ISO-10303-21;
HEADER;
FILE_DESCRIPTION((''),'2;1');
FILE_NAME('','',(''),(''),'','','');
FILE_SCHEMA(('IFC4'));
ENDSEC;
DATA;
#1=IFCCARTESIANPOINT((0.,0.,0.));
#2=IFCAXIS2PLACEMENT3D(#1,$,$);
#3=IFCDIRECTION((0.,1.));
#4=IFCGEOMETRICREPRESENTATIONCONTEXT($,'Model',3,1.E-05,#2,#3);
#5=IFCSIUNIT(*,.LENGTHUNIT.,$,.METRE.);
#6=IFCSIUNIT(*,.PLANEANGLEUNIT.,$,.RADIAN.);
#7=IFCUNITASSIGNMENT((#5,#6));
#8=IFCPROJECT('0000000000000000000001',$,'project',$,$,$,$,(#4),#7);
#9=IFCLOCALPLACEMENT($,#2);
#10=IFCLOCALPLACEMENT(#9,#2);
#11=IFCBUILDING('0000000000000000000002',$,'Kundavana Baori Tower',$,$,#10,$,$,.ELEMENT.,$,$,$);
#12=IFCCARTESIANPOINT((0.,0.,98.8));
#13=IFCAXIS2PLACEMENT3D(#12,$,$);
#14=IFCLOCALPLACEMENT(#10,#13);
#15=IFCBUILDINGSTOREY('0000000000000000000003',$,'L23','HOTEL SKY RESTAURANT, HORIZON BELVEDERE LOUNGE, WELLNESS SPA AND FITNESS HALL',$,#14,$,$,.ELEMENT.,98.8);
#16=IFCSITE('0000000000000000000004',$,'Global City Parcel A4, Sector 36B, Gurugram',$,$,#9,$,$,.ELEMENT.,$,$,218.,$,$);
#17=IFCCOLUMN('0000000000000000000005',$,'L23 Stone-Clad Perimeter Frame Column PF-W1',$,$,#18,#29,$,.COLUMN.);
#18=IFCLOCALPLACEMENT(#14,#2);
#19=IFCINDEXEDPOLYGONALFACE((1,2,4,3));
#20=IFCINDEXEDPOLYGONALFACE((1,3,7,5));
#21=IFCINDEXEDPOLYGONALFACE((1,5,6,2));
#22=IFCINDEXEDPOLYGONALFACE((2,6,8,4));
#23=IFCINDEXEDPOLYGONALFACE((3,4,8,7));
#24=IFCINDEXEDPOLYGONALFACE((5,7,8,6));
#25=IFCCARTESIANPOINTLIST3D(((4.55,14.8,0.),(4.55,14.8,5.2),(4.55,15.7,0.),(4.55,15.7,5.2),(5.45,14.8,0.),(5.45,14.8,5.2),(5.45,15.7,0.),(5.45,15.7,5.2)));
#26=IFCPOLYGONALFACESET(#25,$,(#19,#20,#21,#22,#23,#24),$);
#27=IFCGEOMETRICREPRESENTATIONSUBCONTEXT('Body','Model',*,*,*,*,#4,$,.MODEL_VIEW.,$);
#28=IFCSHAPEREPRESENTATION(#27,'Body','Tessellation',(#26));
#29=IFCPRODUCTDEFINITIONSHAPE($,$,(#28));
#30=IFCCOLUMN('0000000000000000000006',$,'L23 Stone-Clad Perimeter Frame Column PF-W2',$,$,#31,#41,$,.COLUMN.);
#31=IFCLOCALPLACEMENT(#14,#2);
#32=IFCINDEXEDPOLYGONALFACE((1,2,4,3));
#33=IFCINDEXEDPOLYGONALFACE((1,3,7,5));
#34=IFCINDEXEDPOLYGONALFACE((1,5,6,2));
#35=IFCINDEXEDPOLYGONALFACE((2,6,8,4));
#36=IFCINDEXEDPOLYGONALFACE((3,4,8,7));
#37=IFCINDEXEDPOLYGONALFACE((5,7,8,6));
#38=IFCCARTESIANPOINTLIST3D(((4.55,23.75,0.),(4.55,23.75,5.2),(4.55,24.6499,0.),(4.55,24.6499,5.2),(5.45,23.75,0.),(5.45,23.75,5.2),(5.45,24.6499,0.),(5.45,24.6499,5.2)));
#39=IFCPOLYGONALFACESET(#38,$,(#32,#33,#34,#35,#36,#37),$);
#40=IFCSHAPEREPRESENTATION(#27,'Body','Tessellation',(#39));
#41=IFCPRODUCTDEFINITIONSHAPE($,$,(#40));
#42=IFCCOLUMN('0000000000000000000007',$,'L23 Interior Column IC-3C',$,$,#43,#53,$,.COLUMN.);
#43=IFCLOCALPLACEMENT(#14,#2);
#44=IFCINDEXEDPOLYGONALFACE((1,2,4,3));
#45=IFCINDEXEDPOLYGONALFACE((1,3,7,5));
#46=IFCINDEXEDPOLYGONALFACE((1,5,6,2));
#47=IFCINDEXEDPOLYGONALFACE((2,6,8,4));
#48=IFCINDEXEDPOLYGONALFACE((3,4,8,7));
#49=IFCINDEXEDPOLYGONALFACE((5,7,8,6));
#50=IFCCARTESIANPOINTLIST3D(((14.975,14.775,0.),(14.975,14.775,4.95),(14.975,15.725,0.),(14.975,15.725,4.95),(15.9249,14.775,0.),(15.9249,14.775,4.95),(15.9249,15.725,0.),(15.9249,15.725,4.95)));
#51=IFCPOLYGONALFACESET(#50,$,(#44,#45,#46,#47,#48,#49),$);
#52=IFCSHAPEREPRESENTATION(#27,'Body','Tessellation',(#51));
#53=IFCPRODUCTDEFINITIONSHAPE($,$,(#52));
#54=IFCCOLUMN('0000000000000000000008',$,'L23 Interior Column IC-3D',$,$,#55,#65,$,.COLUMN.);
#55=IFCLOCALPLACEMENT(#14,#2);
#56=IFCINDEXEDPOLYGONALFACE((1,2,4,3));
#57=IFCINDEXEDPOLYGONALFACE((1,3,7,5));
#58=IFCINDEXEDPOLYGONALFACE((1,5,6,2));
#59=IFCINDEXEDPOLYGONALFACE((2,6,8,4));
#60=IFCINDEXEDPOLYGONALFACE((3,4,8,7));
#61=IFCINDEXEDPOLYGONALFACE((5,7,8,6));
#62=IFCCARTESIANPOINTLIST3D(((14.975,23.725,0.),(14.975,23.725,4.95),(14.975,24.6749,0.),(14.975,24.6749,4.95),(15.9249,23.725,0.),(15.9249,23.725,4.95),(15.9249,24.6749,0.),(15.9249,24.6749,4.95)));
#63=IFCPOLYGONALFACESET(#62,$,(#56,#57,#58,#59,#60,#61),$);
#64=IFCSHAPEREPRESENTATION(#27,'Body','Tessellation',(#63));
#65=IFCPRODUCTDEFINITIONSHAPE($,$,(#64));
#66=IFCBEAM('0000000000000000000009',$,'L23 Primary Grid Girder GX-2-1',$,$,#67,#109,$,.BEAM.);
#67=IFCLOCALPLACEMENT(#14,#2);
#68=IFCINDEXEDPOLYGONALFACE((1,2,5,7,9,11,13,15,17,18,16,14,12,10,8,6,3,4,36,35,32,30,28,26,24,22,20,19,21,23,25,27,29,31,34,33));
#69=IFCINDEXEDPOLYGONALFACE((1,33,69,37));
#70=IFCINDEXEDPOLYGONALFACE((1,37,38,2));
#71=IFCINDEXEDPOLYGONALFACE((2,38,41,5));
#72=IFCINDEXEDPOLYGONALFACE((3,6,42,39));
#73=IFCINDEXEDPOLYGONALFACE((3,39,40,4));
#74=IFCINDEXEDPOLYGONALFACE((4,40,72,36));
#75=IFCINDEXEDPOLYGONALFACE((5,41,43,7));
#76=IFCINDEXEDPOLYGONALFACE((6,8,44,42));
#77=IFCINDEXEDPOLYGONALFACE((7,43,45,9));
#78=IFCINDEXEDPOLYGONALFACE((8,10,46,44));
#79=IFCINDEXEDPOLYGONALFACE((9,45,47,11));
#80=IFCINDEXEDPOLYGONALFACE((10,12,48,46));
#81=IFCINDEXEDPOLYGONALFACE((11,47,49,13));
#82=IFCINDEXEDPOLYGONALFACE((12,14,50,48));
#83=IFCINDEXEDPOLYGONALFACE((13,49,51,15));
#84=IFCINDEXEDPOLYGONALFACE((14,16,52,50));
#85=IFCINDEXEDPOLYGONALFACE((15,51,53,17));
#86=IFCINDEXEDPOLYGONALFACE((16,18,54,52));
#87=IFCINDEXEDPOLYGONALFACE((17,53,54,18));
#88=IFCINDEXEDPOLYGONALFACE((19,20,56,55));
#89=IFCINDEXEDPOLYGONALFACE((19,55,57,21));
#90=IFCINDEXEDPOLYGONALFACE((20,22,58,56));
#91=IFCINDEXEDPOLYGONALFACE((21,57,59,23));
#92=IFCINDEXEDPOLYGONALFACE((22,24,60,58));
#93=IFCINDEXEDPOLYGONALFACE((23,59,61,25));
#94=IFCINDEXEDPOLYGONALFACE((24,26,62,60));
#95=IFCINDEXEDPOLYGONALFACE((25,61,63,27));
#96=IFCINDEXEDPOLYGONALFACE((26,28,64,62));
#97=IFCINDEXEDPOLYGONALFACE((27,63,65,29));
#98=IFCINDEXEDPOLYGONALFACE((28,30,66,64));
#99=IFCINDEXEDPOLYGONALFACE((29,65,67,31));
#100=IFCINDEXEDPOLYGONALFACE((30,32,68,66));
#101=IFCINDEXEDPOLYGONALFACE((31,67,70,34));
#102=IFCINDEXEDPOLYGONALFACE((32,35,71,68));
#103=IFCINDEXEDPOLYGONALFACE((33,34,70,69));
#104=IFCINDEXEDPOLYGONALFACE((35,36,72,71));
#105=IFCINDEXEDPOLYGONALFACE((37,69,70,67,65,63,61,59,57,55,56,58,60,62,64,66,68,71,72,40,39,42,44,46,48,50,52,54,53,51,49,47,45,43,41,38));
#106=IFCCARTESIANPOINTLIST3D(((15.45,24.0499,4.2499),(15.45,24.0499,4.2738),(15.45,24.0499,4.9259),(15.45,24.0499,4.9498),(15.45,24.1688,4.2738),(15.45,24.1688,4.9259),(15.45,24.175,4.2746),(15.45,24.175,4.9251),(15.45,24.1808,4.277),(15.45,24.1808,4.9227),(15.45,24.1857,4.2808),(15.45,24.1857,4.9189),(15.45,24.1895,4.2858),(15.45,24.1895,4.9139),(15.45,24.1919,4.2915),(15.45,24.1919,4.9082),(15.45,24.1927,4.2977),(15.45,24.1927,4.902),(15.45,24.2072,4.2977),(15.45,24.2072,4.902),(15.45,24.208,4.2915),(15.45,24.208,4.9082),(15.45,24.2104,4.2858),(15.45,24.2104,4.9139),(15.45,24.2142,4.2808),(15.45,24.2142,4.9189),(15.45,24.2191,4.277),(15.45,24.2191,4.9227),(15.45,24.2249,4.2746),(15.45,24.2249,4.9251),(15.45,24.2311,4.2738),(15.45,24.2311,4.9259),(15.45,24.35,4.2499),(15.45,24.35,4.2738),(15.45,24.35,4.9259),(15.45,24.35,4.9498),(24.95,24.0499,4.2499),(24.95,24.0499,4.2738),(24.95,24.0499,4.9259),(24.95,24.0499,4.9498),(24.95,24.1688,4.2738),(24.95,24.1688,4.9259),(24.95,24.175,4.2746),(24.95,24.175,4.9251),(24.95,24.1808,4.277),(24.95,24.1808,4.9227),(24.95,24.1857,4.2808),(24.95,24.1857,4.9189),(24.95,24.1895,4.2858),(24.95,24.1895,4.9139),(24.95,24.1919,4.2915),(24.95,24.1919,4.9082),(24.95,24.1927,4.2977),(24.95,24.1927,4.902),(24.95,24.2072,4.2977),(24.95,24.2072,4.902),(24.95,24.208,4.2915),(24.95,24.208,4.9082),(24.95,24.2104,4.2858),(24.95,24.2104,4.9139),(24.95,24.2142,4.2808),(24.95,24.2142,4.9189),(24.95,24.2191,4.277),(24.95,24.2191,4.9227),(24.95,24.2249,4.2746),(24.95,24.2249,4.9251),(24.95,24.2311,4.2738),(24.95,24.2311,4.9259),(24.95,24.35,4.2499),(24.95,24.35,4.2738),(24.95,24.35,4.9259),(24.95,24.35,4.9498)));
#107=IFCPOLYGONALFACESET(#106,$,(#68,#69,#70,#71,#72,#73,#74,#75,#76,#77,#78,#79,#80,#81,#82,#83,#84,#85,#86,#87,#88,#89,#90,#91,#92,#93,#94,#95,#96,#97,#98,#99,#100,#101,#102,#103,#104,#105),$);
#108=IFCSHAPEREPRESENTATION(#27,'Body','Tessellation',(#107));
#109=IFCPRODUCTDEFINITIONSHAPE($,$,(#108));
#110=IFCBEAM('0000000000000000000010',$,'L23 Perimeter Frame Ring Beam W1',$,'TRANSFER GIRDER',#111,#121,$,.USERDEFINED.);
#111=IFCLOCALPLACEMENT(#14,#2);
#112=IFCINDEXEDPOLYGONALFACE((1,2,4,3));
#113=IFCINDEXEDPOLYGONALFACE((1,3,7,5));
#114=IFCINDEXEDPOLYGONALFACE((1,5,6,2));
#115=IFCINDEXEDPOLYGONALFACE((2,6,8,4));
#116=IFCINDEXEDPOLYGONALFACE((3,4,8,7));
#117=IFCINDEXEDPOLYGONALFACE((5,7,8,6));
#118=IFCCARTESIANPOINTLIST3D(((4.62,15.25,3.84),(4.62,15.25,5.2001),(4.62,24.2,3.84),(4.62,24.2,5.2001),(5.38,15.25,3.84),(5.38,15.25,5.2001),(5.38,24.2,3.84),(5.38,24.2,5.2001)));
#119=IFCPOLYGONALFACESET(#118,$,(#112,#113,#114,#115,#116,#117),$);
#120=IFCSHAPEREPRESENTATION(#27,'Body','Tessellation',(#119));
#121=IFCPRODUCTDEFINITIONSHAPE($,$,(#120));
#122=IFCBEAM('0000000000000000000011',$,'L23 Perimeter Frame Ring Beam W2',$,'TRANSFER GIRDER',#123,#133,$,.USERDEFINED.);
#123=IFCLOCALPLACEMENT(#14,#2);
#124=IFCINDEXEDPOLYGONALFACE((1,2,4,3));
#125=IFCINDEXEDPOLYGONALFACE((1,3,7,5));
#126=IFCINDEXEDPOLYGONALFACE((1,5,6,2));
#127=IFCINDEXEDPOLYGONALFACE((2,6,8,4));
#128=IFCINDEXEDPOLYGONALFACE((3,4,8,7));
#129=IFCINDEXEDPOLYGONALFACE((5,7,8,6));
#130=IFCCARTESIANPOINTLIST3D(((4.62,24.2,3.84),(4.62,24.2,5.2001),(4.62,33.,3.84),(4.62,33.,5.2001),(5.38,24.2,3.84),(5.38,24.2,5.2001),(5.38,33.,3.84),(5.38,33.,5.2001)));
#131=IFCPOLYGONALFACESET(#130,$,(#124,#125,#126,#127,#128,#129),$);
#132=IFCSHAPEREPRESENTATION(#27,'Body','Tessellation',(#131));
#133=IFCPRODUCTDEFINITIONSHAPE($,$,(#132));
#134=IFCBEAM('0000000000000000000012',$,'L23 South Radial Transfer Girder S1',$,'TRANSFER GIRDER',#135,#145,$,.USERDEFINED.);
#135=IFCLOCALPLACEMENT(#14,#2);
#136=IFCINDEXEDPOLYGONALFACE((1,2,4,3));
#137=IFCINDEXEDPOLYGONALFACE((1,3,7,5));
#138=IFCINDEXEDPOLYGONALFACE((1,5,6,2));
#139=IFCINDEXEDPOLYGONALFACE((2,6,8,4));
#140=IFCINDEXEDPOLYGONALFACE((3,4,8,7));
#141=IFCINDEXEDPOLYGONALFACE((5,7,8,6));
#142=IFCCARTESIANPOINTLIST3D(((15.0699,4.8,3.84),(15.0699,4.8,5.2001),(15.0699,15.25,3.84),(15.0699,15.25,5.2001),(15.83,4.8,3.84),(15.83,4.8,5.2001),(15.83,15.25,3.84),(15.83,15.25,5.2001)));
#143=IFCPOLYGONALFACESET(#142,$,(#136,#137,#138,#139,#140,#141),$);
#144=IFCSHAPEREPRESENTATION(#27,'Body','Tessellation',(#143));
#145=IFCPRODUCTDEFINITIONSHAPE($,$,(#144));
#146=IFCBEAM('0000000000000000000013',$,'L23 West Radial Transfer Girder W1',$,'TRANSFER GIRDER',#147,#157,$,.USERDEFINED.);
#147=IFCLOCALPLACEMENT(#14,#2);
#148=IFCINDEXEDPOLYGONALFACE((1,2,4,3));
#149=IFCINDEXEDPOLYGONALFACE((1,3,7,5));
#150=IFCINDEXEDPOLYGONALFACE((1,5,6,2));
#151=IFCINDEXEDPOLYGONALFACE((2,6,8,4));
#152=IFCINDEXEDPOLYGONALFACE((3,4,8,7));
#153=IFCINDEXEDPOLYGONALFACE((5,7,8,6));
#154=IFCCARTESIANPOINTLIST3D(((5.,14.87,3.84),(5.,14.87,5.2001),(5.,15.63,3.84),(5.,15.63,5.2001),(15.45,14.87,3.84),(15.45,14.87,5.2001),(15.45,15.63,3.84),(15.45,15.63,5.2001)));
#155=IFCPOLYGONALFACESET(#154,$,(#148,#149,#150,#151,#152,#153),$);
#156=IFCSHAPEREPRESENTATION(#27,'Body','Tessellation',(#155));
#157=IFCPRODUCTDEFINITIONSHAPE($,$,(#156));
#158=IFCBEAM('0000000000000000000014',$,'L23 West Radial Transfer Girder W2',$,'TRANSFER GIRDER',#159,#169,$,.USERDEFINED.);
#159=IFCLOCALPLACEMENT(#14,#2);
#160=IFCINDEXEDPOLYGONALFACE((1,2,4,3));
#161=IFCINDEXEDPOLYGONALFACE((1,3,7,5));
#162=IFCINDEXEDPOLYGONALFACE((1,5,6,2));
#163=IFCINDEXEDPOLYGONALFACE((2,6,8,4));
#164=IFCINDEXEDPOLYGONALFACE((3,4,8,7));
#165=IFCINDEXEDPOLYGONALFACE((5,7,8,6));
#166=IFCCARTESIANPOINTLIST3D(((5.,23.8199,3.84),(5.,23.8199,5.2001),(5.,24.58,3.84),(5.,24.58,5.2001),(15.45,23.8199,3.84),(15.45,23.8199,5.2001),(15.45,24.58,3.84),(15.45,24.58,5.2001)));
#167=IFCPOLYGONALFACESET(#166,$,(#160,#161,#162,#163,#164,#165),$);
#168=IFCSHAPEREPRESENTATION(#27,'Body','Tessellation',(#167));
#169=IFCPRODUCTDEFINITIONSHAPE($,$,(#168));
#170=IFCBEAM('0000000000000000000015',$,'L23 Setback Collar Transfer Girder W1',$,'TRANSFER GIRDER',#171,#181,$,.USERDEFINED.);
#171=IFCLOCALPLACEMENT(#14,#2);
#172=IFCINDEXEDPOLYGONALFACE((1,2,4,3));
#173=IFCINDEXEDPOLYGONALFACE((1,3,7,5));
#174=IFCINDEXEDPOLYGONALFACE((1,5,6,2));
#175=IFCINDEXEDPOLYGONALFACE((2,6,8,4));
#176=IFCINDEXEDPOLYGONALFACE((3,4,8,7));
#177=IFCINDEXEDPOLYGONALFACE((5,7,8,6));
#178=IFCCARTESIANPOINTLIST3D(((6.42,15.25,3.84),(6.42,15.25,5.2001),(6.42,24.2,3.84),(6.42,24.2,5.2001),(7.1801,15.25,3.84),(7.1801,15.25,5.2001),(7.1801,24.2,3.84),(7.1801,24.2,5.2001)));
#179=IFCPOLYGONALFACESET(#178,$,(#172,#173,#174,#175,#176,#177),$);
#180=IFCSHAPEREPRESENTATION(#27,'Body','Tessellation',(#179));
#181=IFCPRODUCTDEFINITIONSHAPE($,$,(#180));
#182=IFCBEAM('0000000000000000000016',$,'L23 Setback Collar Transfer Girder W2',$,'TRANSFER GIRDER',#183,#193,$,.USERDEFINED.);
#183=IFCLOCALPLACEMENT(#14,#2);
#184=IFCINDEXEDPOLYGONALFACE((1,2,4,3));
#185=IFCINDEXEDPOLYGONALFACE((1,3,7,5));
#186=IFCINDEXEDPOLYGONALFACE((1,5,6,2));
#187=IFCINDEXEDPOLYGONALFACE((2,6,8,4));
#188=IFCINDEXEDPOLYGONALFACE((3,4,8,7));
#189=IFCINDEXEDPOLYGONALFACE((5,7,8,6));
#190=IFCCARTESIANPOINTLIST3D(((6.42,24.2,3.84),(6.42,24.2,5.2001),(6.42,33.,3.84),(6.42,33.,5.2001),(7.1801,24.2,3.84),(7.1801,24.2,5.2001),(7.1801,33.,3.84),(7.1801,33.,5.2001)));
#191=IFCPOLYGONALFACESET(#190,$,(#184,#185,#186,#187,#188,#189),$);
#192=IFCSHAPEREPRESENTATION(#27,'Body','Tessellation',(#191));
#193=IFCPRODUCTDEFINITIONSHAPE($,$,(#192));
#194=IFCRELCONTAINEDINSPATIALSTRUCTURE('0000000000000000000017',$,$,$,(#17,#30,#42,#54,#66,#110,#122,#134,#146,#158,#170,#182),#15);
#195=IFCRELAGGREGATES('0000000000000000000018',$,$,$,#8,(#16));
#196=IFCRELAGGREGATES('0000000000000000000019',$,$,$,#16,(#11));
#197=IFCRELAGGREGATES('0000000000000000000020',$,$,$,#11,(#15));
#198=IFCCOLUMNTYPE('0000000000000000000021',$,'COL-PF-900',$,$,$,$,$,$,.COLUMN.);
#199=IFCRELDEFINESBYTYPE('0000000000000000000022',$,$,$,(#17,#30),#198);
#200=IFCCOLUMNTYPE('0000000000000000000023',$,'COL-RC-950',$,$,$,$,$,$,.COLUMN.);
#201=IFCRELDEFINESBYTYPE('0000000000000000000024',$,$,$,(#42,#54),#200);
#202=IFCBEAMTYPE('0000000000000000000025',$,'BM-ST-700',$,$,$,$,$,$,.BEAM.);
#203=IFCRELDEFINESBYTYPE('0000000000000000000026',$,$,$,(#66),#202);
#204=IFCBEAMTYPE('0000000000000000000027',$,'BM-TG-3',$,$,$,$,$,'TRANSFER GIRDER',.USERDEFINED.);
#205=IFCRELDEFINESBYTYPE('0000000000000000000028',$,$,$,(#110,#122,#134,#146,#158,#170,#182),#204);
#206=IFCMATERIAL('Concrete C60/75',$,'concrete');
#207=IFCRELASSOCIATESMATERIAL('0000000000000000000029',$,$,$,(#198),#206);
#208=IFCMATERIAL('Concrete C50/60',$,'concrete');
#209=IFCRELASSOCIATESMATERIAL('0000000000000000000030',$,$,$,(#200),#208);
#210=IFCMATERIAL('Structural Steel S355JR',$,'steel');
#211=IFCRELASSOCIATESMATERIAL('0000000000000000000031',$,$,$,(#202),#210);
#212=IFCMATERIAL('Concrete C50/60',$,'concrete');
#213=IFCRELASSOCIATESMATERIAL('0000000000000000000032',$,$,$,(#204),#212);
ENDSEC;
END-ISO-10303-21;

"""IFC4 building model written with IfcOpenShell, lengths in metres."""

from ifc_helpers import new_model, si_unit, direction, frame, origin, origin_2d, place, context, subcontext, project, spatial, rectangle, i_section, extrude, material, material_profile, profile_set, type_object, element, save


model = new_model("IFC4")

# Units and contexts
model_context = context("Model", 3, precision=1e-05, world=origin(), true_north=direction((0.0, 1.0)))
body_context = subcontext(model_context, "Body", "Model", "MODEL_VIEW")
ifc_project = project(units=[si_unit("LENGTHUNIT", "METRE"), si_unit("PLANEANGLEUNIT", "RADIAN")], contexts=[model_context])

# Site, building, storey
site_placement = place(None, origin())
site = spatial("IfcSite", under=ifc_project, at=site_placement, Name="Global City Parcel A4, Sector 36B, Gurugram", CompositionType="ELEMENT", RefElevation=218.0)
building_placement = place(site_placement, origin())
building = spatial("IfcBuilding", under=site, at=building_placement, Name="Kundavana Baori Tower", CompositionType="ELEMENT")
storey_placement = place(building_placement, frame((0.0, 0.0, 98.8)))
storey = spatial("IfcBuildingStorey", under=building, at=storey_placement, Name="L23", Description="HOTEL SKY RESTAURANT, HORIZON BELVEDERE LOUNGE, WELLNESS SPA AND FITNESS HALL", CompositionType="ELEMENT", Elevation=98.8)

# Columns
ifc_material_1 = material(Name="Concrete C60/75", Category="concrete")
ifc_material_profile_1 = material_profile(ifc_material_1, rectangle(XDim=0.8999, YDim=0.8999, at=origin_2d()), Name="RC PF 900x900")
ifc_profile_set_1 = profile_set([ifc_material_profile_1], Name="Concrete C60/75")
column_type_1 = type_object("IfcColumnType", Name="COL-PF-900", PredefinedType="COLUMN", material=ifc_profile_set_1)
for number, where, z_axis, x_axis, name in (
    (1, (5.0, 15.25, 0.0), (0.0, 0.0, 1.0), (1.0, 0.0, 0.0), "L23 Stone-Clad Perimeter Frame Column PF-W1"),
    (2, (5.0, 24.2, 0.0), (0.0, 0.0, 1.0), (1.0, 0.0, 0.0), "L23 Stone-Clad Perimeter Frame Column PF-W2"),
):
    element("IfcColumn", number, at=place(storey_placement, frame(where, z_axis=z_axis, x_axis=x_axis)), inside=storey, type_object=column_type_1, Name=name, PredefinedType="COLUMN", context=body_context, shape_type="SweptSolid", body=[
        extrude(rectangle(XDim=0.8999, YDim=0.8999, at=origin_2d()), origin(), (0.0, 0.0, 1.0), 5.2),
    ])
ifc_material_2 = material(Name="Concrete C50/60", Category="concrete")
ifc_material_profile_2 = material_profile(ifc_material_2, rectangle(XDim=0.95, YDim=0.95, at=origin_2d()), Name="RC 950x950")
ifc_profile_set_2 = profile_set([ifc_material_profile_2], Name="Concrete C50/60")
column_type_2 = type_object("IfcColumnType", Name="COL-RC-950", PredefinedType="COLUMN", material=ifc_profile_set_2)
for number, where, z_axis, x_axis, name in (
    (3, (15.45, 15.25, 0.0), (0.0, 0.0, 1.0), (1.0, 0.0, 0.0), "L23 Interior Column IC-3C"),
    (4, (15.45, 24.2, 0.0), (0.0, 0.0, 1.0), (1.0, 0.0, 0.0), "L23 Interior Column IC-3D"),
):
    element("IfcColumn", number, at=place(storey_placement, frame(where, z_axis=z_axis, x_axis=x_axis)), inside=storey, type_object=column_type_2, Name=name, PredefinedType="COLUMN", context=body_context, shape_type="SweptSolid", body=[
        extrude(rectangle(XDim=0.95, YDim=0.95, at=origin_2d()), origin(), (0.0, 0.0, 1.0), 4.95),
    ])

# Beams
ifc_material_3 = material(Name="Structural Steel S355JR", Category="steel")
ifc_material_profile_3 = material_profile(ifc_material_3, i_section(OverallWidth=0.3, OverallDepth=0.7, WebThickness=0.0144, FlangeThickness=0.0239, FilletRadius=0.0239, at=origin_2d()), Name="NPB 700x300x170")
ifc_profile_set_3 = profile_set([ifc_material_profile_3], Name="Structural Steel S355JR")
beam_type_1 = type_object("IfcBeamType", Name="BM-ST-700", PredefinedType="BEAM", material=ifc_profile_set_3)
beam_1_placement = place(storey_placement, frame((15.45, 24.2, 4.5999), z_axis=(1.0, 0.0, 0.0), x_axis=(0.0, 1.0, 0.0)))
element("IfcBeam", 5, at=beam_1_placement, inside=storey, type_object=beam_type_1, Name="L23 Primary Grid Girder GX-2-1", PredefinedType="BEAM", context=body_context, shape_type="SweptSolid", body=[
    extrude(i_section(OverallWidth=0.3, OverallDepth=0.7, WebThickness=0.0144, FlangeThickness=0.0239, FilletRadius=0.0239, at=origin_2d()), origin(), (0.0, 0.0, 1.0), 9.5),
])
ifc_material_4 = material(Name="Concrete C50/60", Category="concrete")
ifc_material_profile_4 = material_profile(ifc_material_4, rectangle(XDim=0.76, YDim=1.3601, at=origin_2d()), Name="BM-TG-3")
ifc_profile_set_4 = profile_set([ifc_material_profile_4], Name="Concrete C50/60")
beam_type_2 = type_object("IfcBeamType", Name="BM-TG-3", ElementType="TRANSFER GIRDER", PredefinedType="USERDEFINED", material=ifc_profile_set_4)
beam_2_placement = place(storey_placement, frame((5.0, 15.25, 4.52), z_axis=(0.0, 1.0, 0.0), x_axis=(-1.0, 0.0, 0.0)))
element("IfcBeam", 6, at=beam_2_placement, inside=storey, type_object=beam_type_2, Name="L23 Perimeter Frame Ring Beam W1", ObjectType="TRANSFER GIRDER", PredefinedType="USERDEFINED", context=body_context, shape_type="SweptSolid", body=[
    extrude(rectangle(XDim=0.76, YDim=1.3601, at=origin_2d()), origin(), (0.0, 0.0, 1.0), 8.95),
])
beam_3_placement = place(storey_placement, frame((5.0, 24.2, 4.52), z_axis=(0.0, 1.0, 0.0), x_axis=(-1.0, 0.0, 0.0)))
element("IfcBeam", 7, at=beam_3_placement, inside=storey, type_object=beam_type_2, Name="L23 Perimeter Frame Ring Beam W2", ObjectType="TRANSFER GIRDER", PredefinedType="USERDEFINED", context=body_context, shape_type="SweptSolid", body=[
    extrude(rectangle(XDim=0.76, YDim=1.3601, at=origin_2d()), origin(), (0.0, 0.0, 1.0), 8.8),
])
for number, where, z_axis, x_axis, name in (
    (8, (15.45, 15.25, 4.52), (0.0, -1.0, 0.0), (1.0, 0.0, 0.0), "L23 South Radial Transfer Girder S1"),
    (9, (15.45, 15.25, 4.52), (-1.0, 0.0, 0.0), (0.0, -1.0, 0.0), "L23 West Radial Transfer Girder W1"),
    (10, (15.45, 24.2, 4.52), (-1.0, 0.0, 0.0), (0.0, -1.0, 0.0), "L23 West Radial Transfer Girder W2"),
):
    element("IfcBeam", number, at=place(storey_placement, frame(where, z_axis=z_axis, x_axis=x_axis)), inside=storey, type_object=beam_type_2, Name=name, ObjectType="TRANSFER GIRDER", PredefinedType="USERDEFINED", context=body_context, shape_type="SweptSolid", body=[
        extrude(rectangle(XDim=0.76, YDim=1.3601, at=origin_2d()), origin(), (0.0, 0.0, 1.0), 10.45),
    ])
beam_4_placement = place(storey_placement, frame((6.8, 15.25, 4.52), z_axis=(0.0, 1.0, 0.0), x_axis=(-1.0, 0.0, 0.0)))
element("IfcBeam", 11, at=beam_4_placement, inside=storey, type_object=beam_type_2, Name="L23 Setback Collar Transfer Girder W1", ObjectType="TRANSFER GIRDER", PredefinedType="USERDEFINED", context=body_context, shape_type="SweptSolid", body=[
    extrude(rectangle(XDim=0.76, YDim=1.3601, at=origin_2d()), origin(), (0.0, 0.0, 1.0), 8.95),
])
beam_5_placement = place(storey_placement, frame((6.8, 24.2, 4.52), z_axis=(0.0, 1.0, 0.0), x_axis=(-1.0, 0.0, 0.0)))
element("IfcBeam", 12, at=beam_5_placement, inside=storey, type_object=beam_type_2, Name="L23 Setback Collar Transfer Girder W2", ObjectType="TRANSFER GIRDER", PredefinedType="USERDEFINED", context=body_context, shape_type="SweptSolid", body=[
    extrude(rectangle(XDim=0.76, YDim=1.3601, at=origin_2d()), origin(), (0.0, 0.0, 1.0), 8.8),
])

save(model, "model.ifc")
